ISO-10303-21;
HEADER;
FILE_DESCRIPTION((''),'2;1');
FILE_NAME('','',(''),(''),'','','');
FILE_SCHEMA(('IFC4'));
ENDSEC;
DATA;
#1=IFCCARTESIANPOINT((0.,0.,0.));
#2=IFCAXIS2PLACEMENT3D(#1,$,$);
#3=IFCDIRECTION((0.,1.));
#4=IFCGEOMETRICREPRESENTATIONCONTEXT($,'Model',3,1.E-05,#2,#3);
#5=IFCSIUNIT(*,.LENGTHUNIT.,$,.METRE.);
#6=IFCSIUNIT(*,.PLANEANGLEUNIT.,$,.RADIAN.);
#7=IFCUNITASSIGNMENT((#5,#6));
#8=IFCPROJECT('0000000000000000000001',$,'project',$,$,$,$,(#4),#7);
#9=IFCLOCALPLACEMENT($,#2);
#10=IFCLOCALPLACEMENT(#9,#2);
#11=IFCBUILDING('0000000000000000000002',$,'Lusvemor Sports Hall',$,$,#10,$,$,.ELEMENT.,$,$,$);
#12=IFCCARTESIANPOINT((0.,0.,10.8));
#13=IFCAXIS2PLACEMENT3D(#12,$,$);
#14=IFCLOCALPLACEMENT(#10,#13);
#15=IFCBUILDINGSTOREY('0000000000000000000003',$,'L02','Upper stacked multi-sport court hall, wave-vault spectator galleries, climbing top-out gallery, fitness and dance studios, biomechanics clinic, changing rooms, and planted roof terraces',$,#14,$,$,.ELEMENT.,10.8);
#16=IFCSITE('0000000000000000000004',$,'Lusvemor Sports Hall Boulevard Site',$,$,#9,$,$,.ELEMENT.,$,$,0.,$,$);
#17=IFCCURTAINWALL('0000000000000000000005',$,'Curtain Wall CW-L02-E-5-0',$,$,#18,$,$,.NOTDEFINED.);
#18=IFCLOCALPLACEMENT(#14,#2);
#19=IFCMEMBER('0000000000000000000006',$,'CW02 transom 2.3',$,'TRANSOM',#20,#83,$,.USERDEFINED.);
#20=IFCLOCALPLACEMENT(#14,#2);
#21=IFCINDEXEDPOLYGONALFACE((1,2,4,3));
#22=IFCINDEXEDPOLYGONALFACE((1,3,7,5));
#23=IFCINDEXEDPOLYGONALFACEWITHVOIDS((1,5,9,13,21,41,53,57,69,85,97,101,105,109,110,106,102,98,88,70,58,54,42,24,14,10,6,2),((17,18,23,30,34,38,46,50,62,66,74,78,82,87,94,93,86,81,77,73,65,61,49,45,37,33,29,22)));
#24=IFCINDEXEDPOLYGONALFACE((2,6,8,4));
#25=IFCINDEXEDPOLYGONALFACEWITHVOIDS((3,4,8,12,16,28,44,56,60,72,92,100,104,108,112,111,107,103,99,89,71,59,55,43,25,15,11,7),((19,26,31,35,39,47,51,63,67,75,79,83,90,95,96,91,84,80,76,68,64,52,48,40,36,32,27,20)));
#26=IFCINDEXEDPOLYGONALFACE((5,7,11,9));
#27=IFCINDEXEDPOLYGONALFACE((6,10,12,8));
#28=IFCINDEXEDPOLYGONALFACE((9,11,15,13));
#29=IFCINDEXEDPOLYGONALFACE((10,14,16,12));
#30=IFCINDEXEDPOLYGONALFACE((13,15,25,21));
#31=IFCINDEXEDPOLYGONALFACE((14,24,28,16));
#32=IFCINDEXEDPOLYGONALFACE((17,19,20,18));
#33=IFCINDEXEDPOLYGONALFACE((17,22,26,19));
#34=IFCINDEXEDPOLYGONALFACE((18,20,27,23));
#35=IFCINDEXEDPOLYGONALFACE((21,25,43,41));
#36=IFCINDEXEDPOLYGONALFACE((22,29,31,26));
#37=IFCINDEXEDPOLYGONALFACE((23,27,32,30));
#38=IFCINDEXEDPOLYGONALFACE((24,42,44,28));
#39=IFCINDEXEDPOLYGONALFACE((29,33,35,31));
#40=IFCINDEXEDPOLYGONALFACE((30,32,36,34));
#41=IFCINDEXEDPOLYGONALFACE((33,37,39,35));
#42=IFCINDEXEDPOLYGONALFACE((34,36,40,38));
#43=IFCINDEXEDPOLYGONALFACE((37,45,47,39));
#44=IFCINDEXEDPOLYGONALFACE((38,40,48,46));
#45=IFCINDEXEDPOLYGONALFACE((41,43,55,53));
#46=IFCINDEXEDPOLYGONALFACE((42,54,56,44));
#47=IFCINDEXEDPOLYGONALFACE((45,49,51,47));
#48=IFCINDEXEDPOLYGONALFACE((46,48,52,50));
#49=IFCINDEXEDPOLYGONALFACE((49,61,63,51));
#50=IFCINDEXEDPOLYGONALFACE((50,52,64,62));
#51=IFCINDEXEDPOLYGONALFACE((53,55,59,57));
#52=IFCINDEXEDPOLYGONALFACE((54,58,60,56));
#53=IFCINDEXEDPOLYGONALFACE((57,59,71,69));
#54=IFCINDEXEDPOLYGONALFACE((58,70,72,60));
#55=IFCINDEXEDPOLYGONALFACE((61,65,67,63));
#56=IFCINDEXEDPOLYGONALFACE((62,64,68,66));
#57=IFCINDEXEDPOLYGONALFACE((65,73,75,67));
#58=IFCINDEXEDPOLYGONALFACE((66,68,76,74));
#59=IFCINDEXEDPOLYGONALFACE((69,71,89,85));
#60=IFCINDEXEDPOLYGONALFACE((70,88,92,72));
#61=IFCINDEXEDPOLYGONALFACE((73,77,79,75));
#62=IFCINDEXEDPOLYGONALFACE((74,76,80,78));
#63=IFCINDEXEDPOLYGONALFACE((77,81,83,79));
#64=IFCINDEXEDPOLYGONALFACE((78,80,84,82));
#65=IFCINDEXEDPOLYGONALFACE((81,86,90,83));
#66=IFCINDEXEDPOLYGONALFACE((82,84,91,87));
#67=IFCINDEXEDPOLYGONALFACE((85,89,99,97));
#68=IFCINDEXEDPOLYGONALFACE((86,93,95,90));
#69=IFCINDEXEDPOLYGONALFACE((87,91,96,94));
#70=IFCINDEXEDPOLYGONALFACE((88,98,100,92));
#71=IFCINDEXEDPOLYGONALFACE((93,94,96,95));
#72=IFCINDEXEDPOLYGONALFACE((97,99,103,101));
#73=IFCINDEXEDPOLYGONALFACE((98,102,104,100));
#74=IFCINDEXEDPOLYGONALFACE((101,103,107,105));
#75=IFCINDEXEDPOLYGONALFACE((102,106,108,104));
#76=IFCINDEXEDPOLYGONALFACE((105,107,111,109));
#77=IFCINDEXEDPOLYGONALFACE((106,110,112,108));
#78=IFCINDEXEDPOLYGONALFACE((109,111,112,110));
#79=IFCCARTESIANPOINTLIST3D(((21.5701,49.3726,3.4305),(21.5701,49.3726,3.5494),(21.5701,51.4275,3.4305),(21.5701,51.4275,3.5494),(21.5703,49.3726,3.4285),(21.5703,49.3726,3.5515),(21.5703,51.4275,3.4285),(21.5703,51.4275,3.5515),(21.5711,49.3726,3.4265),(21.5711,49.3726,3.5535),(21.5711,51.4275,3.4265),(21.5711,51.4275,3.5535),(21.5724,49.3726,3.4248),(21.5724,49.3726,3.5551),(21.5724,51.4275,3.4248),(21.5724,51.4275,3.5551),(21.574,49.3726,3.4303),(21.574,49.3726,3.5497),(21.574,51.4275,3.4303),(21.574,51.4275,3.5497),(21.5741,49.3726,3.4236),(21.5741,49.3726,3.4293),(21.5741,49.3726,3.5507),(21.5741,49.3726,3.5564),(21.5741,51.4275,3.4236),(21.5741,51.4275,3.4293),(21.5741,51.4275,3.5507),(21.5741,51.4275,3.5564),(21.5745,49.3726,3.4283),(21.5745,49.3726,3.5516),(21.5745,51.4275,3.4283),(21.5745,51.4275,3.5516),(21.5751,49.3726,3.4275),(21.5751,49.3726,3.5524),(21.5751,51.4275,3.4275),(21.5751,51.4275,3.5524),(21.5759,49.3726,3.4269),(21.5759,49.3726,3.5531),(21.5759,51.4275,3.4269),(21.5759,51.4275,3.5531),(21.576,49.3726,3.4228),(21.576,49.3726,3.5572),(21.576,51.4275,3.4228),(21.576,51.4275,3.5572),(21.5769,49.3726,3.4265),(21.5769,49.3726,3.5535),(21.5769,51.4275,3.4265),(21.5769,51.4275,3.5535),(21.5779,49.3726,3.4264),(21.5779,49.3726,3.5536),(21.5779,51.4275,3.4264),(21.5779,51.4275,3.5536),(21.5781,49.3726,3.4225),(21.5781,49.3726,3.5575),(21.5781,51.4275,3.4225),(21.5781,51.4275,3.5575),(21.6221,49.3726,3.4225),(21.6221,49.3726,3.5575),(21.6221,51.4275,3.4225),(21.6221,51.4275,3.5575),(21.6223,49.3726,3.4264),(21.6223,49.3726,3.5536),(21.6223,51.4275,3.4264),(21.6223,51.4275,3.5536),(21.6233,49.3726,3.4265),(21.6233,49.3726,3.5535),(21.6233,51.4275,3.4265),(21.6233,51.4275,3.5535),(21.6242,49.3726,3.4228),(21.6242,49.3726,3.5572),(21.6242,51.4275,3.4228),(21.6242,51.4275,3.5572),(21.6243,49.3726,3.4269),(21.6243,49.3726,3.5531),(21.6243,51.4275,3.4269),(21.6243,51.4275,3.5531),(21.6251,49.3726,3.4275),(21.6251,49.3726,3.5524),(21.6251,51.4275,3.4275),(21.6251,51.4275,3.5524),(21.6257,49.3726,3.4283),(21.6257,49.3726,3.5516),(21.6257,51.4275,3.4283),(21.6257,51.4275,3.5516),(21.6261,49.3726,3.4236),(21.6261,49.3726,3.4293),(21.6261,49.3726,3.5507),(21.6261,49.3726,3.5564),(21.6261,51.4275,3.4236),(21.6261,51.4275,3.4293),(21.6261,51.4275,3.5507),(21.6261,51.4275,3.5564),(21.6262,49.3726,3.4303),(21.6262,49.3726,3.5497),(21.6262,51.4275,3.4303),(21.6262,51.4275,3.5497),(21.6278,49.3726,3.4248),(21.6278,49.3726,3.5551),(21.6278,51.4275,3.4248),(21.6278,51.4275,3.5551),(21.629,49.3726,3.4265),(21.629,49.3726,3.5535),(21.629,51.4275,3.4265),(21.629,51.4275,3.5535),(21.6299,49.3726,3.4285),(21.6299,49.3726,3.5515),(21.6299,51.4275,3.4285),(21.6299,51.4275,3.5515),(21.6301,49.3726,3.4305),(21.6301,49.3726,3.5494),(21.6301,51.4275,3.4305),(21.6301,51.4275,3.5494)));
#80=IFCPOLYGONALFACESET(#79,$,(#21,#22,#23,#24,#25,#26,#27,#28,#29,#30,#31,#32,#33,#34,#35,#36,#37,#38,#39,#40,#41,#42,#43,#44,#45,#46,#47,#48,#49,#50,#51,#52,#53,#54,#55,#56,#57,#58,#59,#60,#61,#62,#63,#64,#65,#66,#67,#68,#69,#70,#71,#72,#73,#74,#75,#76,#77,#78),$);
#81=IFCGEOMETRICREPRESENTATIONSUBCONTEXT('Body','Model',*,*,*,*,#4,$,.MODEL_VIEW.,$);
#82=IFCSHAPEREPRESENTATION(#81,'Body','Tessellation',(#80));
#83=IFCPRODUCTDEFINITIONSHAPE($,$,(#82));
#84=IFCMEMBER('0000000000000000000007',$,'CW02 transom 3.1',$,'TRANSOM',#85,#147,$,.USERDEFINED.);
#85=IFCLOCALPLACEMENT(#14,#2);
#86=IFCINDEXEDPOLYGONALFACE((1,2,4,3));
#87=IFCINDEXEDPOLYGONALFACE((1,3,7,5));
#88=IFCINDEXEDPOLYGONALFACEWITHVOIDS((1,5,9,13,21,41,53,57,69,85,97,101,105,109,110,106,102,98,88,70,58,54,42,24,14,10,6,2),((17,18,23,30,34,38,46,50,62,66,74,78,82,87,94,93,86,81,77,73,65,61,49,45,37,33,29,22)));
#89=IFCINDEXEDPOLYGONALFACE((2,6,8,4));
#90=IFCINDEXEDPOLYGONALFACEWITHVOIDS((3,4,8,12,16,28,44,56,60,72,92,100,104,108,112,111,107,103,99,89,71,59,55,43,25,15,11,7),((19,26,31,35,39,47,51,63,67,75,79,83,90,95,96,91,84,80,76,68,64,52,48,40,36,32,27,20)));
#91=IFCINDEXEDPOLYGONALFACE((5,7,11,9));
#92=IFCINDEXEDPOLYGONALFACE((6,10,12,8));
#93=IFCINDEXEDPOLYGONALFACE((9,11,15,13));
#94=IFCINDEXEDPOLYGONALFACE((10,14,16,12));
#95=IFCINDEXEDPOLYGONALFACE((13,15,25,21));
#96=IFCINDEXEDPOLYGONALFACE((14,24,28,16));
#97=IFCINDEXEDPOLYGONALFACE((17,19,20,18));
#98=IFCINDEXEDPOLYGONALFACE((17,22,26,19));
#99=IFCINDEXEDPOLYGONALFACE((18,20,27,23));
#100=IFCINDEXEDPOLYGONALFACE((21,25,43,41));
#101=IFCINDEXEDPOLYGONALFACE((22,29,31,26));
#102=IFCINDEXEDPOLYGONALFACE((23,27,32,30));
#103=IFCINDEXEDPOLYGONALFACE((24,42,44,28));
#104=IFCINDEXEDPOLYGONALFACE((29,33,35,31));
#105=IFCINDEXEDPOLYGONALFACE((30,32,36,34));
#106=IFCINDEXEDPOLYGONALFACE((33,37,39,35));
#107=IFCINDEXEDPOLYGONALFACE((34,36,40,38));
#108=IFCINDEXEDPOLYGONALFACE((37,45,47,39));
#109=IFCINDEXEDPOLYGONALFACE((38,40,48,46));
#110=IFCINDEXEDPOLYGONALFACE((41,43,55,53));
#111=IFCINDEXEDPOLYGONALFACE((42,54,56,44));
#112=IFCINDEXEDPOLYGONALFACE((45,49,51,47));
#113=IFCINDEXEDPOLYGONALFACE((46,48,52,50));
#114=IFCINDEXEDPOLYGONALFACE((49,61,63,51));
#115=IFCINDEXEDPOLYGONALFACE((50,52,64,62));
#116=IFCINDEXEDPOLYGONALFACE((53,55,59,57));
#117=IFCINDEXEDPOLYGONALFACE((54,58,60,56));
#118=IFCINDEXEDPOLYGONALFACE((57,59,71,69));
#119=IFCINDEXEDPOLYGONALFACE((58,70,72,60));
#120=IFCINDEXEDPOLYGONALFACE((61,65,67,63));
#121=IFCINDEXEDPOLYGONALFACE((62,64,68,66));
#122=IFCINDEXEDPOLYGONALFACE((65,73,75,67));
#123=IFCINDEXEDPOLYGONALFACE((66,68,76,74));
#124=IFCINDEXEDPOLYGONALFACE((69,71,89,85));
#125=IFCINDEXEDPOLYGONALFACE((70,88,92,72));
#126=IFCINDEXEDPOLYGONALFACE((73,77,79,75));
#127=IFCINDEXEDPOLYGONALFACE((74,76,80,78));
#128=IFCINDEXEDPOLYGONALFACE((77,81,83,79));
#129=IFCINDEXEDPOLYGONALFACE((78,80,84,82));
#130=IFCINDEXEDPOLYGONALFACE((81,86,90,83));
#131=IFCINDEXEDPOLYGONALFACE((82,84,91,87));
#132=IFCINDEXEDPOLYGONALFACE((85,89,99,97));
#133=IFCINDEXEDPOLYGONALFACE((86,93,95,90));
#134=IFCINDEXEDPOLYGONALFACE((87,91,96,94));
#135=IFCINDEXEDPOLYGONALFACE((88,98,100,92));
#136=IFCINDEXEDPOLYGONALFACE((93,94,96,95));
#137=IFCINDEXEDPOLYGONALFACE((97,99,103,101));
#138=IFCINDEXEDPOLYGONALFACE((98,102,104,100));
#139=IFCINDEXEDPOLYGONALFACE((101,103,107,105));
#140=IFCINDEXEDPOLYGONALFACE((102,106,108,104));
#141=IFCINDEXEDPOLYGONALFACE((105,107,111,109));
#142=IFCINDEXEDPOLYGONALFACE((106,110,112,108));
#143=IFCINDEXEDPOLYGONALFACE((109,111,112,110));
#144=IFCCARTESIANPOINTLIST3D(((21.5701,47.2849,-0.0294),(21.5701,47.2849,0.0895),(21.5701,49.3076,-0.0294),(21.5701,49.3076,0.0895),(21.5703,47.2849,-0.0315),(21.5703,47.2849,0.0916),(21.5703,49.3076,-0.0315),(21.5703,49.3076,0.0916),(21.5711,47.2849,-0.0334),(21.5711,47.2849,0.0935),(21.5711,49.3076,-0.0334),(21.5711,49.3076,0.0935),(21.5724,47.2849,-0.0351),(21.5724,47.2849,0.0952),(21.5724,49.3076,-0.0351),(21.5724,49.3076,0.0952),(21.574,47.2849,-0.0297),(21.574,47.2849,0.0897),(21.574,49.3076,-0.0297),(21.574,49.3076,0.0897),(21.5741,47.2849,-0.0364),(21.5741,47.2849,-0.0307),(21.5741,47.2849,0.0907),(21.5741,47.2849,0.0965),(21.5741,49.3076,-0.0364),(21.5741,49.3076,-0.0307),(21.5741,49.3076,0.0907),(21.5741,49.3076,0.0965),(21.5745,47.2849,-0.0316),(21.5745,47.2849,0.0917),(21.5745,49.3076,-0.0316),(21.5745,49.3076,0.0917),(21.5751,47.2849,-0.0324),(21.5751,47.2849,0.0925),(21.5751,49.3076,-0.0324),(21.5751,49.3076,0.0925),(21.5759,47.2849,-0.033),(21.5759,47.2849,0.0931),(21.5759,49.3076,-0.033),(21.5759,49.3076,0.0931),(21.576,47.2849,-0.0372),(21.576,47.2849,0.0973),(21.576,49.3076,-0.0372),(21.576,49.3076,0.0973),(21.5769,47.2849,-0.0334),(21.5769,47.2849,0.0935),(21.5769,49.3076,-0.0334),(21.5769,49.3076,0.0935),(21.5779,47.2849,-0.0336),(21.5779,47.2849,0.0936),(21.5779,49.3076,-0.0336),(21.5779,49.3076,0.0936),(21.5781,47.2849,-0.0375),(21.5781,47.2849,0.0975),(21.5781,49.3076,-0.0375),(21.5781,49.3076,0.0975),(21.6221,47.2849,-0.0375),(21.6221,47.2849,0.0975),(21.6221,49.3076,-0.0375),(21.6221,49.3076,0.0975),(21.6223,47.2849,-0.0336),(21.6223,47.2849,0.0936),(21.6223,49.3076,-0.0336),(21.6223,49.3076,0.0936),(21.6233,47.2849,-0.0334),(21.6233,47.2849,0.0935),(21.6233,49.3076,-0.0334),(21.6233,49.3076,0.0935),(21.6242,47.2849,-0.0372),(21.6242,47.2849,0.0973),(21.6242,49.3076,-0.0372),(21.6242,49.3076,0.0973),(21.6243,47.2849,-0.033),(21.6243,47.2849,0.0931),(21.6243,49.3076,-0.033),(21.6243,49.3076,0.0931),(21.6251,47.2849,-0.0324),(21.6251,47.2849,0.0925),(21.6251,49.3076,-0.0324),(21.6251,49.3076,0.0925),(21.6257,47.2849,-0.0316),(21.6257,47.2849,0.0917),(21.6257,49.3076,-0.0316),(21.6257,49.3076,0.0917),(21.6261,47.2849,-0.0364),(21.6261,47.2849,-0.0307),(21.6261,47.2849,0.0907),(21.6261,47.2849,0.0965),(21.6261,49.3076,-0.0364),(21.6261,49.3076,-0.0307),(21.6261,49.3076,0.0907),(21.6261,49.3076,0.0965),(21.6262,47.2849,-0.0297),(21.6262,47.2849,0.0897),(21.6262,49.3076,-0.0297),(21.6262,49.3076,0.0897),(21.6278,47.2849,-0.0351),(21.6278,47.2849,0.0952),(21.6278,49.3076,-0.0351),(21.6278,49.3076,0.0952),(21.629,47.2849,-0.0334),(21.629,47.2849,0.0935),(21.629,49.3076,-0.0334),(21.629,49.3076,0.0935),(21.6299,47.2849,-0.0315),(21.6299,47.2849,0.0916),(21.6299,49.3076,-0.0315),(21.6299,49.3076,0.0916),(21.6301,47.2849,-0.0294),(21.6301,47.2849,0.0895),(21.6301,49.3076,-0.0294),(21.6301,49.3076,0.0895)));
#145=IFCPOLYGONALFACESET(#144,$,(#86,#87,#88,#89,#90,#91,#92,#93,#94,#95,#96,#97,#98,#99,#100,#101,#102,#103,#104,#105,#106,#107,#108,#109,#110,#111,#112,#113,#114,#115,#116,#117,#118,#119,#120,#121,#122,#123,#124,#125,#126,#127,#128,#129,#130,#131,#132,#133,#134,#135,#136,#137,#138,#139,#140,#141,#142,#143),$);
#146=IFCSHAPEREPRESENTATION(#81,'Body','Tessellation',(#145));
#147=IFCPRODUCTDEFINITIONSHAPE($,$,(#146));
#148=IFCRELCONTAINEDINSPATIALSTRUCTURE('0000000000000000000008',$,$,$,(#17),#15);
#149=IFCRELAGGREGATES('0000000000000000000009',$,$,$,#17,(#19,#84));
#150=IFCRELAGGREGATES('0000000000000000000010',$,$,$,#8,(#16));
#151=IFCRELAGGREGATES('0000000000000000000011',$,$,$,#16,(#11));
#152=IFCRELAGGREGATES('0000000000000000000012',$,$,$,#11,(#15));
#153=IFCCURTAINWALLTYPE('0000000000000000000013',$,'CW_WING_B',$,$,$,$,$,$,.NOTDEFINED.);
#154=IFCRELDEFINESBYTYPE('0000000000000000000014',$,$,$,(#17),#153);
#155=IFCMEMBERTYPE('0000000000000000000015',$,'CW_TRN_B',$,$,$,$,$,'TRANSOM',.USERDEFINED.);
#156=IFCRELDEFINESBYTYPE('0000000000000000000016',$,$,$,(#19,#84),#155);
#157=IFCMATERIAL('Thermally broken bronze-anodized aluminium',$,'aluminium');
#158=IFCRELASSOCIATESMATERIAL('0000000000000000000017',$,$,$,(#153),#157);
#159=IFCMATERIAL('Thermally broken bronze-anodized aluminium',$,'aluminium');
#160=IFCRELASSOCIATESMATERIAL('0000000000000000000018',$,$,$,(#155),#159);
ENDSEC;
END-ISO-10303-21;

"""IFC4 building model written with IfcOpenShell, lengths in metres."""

from ifc_helpers import new_model, si_unit, direction, frame, origin, origin_2d, place, context, subcontext, project, spatial, hollow_rectangle, extrude, material, material_profile, profile_set, type_object, element, aggregate, save


model = new_model("IFC4")

# Units and contexts
model_context = context("Model", 3, precision=1e-05, world=origin(), true_north=direction((0.0, 1.0)))
body_context = subcontext(model_context, "Body", "Model", "MODEL_VIEW")
ifc_project = project(units=[si_unit("LENGTHUNIT", "METRE"), si_unit("PLANEANGLEUNIT", "RADIAN")], contexts=[model_context])

# Site, building, storey
site_placement = place(None, origin())
site = spatial("IfcSite", under=ifc_project, at=site_placement, Name="Lusvemor Sports Hall Boulevard Site", CompositionType="ELEMENT", RefElevation=0.0)
building_placement = place(site_placement, origin())
building = spatial("IfcBuilding", under=site, at=building_placement, Name="Lusvemor Sports Hall", CompositionType="ELEMENT")
storey_placement = place(building_placement, frame((0.0, 0.0, 10.8)))
storey = spatial("IfcBuildingStorey", under=building, at=storey_placement, Name="L02", Description="Upper stacked multi-sport court hall, wave-vault spectator galleries, climbing top-out gallery, fitness and dance studios, biomechanics clinic, changing rooms, and planted roof terraces", CompositionType="ELEMENT", Elevation=10.8)

# Curtain wall, members
ifc_material_1 = material(Name="Thermally broken bronze-anodized aluminium", Category="aluminium")
curtain_wall_type = type_object("IfcCurtainWallType", Name="CW_WING_B", PredefinedType="NOTDEFINED", material=ifc_material_1)
curtain_wall_placement = place(storey_placement, origin())
curtain_wall = element("IfcCurtainWall", 1, at=curtain_wall_placement, inside=storey, type_object=curtain_wall_type, Name="Curtain Wall CW-L02-E-5-0", PredefinedType="NOTDEFINED")
ifc_material_2 = material(Name="Thermally broken bronze-anodized aluminium", Category="aluminium")
ifc_material_profile_1 = material_profile(ifc_material_2, hollow_rectangle(XDim=0.0601, YDim=0.135, WallThickness=0.0039, InnerFilletRadius=0.0039, OuterFilletRadius=0.0081, at=origin_2d()), Name="CWTRN135x60x4")
ifc_profile_set_1 = profile_set([ifc_material_profile_1], Name="Thermally broken bronze-anodized aluminium")
member_type_1 = type_object("IfcMemberType", Name="CW_TRN_B", ElementType="TRANSOM", PredefinedType="USERDEFINED", material=ifc_profile_set_1)
member_1_placement = place(storey_placement, frame((21.6001, 51.4275, 3.49), z_axis=(0.0, -1.0, 0.0), x_axis=(1.0, 0.0, 0.0)))
member_1 = element("IfcMember", 2, at=member_1_placement, type_object=member_type_1, Name="CW02 transom 2.3", ObjectType="TRANSOM", PredefinedType="USERDEFINED", context=body_context, shape_type="SweptSolid", body=[
    extrude(hollow_rectangle(XDim=0.0601, YDim=0.135, WallThickness=0.0039, InnerFilletRadius=0.0039, OuterFilletRadius=0.0081, at=origin_2d()), origin(), (0.0, 0.0, 1.0), 2.0549),
])
member_2_placement = place(storey_placement, frame((21.6001, 49.3076, 0.03), z_axis=(0.0, -1.0, 0.0), x_axis=(1.0, 0.0, 0.0)))
member_2 = element("IfcMember", 3, at=member_2_placement, type_object=member_type_1, Name="CW02 transom 3.1", ObjectType="TRANSOM", PredefinedType="USERDEFINED", context=body_context, shape_type="SweptSolid", body=[
    extrude(hollow_rectangle(XDim=0.0601, YDim=0.135, WallThickness=0.0039, InnerFilletRadius=0.0039, OuterFilletRadius=0.0081, at=origin_2d()), origin(), (0.0, 0.0, 1.0), 2.0227),
])

aggregate(curtain_wall, [member_1, member_2])

save(model, "model.ifc")
